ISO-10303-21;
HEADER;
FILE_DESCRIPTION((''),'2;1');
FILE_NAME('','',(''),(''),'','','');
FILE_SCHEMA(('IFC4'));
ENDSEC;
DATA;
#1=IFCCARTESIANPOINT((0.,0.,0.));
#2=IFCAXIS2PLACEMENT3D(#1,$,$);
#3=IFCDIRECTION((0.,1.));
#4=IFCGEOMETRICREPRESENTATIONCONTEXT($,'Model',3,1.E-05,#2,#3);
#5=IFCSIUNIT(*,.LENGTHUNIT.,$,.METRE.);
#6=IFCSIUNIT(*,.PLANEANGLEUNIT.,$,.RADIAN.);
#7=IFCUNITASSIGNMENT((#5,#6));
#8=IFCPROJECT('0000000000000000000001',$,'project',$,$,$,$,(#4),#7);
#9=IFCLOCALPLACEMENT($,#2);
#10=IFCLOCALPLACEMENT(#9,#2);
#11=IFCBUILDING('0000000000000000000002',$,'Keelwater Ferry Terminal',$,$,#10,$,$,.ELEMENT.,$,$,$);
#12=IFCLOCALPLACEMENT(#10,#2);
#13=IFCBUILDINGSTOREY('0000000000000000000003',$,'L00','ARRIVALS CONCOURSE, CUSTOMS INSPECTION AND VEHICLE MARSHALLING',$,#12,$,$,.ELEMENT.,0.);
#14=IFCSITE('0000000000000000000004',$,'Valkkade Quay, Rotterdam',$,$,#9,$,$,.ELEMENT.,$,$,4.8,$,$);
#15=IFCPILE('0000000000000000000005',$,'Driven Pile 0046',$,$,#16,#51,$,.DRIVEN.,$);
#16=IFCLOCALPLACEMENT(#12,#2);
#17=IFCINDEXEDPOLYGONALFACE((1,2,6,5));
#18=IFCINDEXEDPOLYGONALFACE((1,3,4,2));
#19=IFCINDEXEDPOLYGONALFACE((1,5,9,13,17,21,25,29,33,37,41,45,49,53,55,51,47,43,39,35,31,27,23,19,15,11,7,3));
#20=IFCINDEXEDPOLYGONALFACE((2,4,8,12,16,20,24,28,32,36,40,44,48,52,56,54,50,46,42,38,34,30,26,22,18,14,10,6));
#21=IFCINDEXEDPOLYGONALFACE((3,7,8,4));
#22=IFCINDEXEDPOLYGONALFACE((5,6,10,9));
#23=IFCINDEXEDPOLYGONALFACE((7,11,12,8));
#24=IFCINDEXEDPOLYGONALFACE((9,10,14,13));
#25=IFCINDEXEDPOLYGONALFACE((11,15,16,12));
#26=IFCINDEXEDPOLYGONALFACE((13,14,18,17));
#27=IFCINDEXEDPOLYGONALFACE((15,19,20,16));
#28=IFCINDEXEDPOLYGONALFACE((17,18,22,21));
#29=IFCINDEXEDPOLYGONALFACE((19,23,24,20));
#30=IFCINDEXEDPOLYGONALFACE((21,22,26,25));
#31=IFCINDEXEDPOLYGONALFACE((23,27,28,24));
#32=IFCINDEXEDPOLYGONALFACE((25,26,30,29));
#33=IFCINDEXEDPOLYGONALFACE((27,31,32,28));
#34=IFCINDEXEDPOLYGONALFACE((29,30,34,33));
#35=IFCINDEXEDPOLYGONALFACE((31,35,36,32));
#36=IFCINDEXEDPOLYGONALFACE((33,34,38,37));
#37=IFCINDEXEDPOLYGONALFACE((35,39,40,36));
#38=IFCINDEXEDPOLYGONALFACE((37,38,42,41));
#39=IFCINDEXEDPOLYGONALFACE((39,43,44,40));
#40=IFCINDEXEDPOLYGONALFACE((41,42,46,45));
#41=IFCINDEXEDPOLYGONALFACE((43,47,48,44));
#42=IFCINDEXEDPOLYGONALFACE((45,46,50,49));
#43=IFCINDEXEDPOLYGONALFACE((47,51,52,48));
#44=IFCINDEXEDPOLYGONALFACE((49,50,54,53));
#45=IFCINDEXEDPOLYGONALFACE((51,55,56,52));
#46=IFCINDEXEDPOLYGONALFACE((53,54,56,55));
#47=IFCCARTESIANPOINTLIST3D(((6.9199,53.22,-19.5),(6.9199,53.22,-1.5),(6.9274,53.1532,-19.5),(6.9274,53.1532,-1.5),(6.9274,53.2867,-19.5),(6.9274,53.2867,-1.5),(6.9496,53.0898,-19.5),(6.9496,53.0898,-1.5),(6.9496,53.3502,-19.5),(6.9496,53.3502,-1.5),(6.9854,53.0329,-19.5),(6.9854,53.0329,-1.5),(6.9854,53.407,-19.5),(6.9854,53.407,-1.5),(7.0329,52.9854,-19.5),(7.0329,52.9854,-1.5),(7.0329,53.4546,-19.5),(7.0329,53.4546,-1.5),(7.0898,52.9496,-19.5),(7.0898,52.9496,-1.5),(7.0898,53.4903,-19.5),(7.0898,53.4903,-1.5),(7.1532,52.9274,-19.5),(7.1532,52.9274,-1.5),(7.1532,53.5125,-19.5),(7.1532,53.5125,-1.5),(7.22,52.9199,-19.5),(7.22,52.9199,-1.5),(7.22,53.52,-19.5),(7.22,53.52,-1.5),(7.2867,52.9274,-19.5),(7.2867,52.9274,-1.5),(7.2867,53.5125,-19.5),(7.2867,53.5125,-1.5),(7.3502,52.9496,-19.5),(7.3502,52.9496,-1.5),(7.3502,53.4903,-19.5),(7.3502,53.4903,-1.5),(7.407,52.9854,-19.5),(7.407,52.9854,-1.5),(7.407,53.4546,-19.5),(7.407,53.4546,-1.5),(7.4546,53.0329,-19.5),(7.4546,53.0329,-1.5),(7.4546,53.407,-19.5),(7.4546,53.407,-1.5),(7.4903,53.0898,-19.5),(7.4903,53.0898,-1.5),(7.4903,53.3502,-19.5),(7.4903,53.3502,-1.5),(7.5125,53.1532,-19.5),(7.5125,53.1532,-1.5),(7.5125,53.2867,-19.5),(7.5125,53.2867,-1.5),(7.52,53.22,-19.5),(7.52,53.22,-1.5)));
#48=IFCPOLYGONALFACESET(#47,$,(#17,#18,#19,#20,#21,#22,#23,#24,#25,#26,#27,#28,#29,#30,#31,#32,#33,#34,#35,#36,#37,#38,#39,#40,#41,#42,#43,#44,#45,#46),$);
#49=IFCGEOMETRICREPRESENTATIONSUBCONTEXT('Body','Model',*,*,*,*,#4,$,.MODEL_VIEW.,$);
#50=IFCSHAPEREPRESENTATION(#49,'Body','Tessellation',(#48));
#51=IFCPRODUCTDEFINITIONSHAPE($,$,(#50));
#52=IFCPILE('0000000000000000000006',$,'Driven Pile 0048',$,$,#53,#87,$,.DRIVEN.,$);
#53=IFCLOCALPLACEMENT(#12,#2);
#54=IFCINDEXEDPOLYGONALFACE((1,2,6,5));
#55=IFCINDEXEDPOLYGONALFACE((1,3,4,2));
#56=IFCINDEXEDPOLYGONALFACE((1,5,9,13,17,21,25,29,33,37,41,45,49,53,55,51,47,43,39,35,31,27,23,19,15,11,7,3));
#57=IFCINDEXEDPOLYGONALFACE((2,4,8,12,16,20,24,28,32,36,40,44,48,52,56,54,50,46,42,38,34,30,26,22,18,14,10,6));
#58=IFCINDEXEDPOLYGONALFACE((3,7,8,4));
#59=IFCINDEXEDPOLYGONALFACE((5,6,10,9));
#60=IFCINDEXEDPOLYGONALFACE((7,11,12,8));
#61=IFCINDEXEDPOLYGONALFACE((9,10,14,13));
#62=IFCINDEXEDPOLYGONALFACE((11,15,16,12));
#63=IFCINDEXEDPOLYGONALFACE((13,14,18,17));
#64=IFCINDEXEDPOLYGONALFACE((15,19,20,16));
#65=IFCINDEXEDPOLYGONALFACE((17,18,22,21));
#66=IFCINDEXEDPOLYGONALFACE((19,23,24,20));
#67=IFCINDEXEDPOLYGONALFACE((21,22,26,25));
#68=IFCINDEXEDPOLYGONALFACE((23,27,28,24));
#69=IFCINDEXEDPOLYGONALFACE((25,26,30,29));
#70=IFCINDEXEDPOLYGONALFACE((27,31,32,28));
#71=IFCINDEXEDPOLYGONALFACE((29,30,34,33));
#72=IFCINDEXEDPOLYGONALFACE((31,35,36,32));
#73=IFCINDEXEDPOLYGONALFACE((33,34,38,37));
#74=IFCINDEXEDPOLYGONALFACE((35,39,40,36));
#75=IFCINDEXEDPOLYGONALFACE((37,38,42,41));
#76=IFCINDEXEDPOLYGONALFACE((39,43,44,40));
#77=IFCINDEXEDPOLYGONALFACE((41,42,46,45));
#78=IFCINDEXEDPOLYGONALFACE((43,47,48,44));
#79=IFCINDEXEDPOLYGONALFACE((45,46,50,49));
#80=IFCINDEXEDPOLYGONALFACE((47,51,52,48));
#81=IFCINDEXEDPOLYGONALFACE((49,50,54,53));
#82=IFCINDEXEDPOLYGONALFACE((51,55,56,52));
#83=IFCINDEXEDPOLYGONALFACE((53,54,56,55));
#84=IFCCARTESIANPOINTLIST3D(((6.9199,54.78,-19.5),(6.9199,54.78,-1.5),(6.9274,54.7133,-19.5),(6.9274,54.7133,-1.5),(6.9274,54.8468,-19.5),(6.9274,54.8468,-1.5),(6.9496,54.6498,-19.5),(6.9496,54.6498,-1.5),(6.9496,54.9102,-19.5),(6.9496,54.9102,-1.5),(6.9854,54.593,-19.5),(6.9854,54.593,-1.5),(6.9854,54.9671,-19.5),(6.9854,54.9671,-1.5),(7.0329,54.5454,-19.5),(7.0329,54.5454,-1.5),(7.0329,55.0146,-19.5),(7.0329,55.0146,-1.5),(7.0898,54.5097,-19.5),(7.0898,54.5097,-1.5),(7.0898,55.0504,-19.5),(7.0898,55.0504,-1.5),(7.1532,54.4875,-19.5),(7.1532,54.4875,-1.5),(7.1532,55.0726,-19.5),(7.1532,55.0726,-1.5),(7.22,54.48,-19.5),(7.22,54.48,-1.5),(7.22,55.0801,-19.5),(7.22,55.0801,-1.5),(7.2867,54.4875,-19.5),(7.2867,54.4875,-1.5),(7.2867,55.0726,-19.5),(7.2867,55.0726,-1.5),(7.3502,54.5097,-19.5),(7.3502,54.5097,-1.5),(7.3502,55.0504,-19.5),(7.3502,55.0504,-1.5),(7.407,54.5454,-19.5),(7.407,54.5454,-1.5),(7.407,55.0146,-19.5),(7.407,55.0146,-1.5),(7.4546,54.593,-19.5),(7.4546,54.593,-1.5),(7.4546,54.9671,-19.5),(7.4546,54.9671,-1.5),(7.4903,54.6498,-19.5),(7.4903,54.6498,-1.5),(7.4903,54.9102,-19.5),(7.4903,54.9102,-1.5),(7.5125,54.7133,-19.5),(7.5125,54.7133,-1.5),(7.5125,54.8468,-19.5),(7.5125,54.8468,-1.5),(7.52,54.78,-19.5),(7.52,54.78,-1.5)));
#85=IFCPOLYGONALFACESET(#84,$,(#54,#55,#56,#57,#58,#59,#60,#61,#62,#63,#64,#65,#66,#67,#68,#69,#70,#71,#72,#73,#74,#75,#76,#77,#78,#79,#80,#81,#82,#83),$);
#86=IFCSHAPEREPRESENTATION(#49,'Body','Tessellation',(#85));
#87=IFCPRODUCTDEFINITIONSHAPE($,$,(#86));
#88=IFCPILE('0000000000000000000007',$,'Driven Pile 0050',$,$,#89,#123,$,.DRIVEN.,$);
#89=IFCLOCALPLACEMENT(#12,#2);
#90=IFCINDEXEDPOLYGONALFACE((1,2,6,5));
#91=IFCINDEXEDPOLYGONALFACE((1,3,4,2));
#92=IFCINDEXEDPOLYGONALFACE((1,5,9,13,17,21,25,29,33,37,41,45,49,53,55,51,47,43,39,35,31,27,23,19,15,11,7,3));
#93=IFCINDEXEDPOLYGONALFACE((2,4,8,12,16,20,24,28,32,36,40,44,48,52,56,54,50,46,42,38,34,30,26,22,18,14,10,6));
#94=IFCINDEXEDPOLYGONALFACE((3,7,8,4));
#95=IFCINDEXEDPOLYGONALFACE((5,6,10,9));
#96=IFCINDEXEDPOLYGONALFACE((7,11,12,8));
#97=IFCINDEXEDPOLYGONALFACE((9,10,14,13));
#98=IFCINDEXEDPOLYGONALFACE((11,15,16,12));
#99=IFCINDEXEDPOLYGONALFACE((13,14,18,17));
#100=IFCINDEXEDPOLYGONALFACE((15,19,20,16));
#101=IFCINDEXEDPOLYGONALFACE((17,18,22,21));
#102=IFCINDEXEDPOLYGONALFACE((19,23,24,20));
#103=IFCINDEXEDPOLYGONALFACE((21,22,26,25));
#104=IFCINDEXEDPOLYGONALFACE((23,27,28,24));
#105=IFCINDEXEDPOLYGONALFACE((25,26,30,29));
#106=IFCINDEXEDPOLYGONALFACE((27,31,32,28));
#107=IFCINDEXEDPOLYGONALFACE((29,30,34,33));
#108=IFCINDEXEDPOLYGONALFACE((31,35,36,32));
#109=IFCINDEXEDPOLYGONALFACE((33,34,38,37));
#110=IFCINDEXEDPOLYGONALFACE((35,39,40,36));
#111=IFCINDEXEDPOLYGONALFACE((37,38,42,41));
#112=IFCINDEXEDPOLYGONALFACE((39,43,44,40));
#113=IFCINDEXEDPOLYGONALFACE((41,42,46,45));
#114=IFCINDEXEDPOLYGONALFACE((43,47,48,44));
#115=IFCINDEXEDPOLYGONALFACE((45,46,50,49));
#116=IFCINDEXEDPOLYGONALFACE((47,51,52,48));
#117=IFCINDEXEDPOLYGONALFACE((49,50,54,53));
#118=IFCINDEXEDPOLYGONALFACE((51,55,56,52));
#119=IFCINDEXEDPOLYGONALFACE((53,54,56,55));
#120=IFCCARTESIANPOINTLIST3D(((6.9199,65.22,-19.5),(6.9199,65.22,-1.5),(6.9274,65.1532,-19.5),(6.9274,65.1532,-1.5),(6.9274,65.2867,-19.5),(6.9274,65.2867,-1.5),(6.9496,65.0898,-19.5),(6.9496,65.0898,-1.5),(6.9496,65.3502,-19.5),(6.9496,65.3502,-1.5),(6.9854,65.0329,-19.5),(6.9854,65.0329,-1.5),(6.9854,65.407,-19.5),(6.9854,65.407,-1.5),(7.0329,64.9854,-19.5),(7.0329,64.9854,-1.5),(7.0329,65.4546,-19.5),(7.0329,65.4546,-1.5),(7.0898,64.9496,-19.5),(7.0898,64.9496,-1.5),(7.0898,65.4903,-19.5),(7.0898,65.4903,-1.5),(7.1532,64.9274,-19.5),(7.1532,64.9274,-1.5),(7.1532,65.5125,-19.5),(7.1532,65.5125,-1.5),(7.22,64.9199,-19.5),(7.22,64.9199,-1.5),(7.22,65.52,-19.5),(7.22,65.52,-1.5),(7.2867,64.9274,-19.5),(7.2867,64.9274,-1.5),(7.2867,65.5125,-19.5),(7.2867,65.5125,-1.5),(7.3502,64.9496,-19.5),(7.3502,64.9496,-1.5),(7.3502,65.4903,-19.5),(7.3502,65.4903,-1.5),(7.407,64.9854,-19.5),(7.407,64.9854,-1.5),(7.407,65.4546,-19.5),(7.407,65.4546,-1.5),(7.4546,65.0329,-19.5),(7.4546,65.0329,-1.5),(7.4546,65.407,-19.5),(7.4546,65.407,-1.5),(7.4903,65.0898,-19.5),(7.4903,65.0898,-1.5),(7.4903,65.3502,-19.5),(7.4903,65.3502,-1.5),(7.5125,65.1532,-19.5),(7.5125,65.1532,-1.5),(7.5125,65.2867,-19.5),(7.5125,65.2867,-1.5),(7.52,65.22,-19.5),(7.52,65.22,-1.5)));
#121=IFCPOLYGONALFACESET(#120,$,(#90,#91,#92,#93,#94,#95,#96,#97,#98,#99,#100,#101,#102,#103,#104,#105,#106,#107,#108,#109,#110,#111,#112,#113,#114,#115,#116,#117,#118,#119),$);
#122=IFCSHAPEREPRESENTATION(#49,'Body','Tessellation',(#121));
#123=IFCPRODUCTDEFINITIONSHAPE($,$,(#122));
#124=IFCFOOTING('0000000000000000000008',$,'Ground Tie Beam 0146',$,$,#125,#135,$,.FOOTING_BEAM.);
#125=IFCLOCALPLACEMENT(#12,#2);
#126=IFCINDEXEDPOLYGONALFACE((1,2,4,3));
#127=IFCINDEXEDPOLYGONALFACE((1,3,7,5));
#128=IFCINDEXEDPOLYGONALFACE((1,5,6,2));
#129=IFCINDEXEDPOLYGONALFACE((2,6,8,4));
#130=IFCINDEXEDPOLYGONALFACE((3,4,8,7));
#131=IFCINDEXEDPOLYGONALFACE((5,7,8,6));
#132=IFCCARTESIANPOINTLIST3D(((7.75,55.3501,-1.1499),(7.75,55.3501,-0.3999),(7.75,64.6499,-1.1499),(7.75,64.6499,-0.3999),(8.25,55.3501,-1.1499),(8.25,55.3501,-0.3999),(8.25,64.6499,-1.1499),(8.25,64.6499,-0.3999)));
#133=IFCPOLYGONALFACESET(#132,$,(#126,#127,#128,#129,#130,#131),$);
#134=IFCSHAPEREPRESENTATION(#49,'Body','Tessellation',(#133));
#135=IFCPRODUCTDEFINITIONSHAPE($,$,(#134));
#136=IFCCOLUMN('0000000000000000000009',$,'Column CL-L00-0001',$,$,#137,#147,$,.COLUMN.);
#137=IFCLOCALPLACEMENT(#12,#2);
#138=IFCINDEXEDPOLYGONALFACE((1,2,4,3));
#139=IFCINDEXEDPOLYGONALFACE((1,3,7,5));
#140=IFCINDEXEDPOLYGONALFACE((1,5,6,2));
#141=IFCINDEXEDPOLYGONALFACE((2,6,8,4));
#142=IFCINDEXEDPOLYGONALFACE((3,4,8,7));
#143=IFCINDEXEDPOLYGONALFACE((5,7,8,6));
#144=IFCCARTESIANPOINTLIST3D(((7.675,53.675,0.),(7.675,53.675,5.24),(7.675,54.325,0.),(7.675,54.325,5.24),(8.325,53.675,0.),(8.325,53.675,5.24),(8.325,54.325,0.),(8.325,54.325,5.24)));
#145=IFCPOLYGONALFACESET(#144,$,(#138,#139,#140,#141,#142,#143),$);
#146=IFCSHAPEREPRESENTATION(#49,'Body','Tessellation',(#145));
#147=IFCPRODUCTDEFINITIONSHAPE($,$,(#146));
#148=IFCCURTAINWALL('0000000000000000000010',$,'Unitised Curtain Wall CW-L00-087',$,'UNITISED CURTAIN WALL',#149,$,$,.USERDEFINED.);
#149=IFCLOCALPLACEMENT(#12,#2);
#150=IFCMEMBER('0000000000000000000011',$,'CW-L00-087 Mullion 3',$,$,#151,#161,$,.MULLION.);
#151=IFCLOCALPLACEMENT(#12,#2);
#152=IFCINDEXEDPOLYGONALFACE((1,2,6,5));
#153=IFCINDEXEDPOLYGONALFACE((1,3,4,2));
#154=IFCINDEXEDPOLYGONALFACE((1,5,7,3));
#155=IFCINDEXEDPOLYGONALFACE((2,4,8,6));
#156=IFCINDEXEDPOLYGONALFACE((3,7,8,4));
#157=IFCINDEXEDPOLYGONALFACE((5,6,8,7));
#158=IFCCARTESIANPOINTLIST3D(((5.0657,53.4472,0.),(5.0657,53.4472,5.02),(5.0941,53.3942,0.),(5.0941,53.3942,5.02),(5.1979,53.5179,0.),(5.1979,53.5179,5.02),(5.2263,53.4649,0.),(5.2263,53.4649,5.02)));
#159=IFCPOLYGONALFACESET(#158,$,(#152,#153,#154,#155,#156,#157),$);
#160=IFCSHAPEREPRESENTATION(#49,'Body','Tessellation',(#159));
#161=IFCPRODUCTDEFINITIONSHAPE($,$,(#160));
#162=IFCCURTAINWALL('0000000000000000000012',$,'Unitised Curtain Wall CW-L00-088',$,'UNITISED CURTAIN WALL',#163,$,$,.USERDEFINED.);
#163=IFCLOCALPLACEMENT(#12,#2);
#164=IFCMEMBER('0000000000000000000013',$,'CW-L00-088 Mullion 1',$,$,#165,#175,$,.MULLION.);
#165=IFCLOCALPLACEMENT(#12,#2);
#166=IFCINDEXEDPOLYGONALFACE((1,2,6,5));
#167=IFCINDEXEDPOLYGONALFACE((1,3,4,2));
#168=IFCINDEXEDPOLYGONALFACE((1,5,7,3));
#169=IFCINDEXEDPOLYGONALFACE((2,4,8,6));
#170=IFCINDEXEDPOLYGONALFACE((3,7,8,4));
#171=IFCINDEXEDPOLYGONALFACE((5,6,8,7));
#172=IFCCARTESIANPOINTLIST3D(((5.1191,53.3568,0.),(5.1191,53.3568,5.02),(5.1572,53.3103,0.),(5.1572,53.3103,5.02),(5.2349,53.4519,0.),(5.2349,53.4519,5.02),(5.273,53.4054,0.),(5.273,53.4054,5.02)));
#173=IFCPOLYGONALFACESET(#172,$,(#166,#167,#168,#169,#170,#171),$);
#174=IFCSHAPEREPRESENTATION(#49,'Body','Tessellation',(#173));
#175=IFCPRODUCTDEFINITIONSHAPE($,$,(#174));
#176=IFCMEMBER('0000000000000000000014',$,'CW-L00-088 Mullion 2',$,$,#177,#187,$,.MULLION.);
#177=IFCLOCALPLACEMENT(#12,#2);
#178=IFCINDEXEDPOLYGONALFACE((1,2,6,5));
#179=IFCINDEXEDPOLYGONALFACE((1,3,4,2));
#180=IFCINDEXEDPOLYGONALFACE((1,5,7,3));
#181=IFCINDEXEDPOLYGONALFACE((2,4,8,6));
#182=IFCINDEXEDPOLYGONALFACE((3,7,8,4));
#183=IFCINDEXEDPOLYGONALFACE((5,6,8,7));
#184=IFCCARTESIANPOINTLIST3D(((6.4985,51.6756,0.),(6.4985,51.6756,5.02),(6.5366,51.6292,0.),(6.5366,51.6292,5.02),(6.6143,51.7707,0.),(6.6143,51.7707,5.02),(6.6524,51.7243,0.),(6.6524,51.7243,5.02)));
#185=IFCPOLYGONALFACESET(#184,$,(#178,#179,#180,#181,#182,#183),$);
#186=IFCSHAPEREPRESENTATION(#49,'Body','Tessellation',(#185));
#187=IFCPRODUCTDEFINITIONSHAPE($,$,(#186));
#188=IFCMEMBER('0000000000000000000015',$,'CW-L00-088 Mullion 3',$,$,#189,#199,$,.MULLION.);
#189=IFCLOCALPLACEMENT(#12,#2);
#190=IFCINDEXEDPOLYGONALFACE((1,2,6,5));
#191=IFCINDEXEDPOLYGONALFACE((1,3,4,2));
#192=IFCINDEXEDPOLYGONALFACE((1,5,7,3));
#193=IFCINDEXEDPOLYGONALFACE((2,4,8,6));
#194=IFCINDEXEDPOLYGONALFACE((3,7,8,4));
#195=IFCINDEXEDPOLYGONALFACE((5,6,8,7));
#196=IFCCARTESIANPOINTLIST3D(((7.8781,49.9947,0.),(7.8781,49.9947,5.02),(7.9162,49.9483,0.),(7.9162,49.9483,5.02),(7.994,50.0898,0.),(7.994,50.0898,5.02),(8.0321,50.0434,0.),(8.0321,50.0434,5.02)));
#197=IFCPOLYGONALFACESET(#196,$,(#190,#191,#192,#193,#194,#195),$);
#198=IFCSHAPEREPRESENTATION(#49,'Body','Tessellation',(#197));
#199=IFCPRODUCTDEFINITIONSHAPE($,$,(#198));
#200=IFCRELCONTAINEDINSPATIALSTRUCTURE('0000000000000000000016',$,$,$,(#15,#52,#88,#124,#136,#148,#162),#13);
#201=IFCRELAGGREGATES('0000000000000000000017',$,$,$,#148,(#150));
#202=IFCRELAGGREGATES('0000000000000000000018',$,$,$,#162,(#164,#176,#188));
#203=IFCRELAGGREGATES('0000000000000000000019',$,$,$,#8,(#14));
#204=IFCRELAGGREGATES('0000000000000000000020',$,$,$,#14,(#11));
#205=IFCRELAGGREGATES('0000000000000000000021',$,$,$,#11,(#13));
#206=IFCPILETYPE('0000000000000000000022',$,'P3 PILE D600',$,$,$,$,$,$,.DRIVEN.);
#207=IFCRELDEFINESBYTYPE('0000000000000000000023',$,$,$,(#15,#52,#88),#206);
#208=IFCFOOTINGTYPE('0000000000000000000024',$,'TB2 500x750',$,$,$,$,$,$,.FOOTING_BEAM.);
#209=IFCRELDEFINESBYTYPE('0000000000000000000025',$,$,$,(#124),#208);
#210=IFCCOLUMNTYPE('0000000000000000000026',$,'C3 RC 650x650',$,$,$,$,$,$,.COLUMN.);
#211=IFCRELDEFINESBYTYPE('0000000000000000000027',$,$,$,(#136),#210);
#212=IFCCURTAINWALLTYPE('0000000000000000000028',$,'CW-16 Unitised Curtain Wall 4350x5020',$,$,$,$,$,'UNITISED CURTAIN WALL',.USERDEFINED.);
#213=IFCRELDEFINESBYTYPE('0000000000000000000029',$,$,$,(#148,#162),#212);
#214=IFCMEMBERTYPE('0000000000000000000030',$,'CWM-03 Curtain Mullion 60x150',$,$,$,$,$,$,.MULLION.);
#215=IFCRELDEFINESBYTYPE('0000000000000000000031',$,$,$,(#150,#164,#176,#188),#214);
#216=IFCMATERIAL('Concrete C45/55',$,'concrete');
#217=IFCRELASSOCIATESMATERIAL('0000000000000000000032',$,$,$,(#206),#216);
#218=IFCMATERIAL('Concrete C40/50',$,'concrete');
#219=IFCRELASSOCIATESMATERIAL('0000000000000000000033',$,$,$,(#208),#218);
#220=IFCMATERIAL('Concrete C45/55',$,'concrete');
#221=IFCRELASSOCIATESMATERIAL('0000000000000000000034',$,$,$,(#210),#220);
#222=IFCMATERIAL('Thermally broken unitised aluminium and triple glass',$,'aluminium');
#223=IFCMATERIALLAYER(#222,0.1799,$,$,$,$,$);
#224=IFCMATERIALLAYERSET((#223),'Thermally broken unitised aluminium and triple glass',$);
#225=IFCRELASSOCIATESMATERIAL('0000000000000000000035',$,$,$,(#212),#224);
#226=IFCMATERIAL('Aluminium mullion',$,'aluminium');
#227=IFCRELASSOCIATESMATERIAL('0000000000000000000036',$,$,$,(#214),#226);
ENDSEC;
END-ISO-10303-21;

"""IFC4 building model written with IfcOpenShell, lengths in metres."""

from ifc_helpers import new_model, si_unit, direction, frame, origin, origin_2d, place, context, subcontext, project, spatial, rectangle, circle, extrude, material, layer, layer_set, material_profile, profile_set, type_object, element, aggregate, save


model = new_model("IFC4")

# Units and contexts
model_context = context("Model", 3, precision=1e-05, world=origin(), true_north=direction((0.0, 1.0)))
body_context = subcontext(model_context, "Body", "Model", "MODEL_VIEW")
ifc_project = project(units=[si_unit("LENGTHUNIT", "METRE"), si_unit("PLANEANGLEUNIT", "RADIAN")], contexts=[model_context])

# Site, building, storey
site_placement = place(None, origin())
site = spatial("IfcSite", under=ifc_project, at=site_placement, Name="Valkkade Quay, Rotterdam", CompositionType="ELEMENT", RefElevation=4.8)
building_placement = place(site_placement, origin())
building = spatial("IfcBuilding", under=site, at=building_placement, Name="Keelwater Ferry Terminal", CompositionType="ELEMENT")
storey_placement = place(building_placement, origin())
storey = spatial("IfcBuildingStorey", under=building, at=storey_placement, Name="L00", Description="ARRIVALS CONCOURSE, CUSTOMS INSPECTION AND VEHICLE MARSHALLING", CompositionType="ELEMENT", Elevation=0.0)

# Piles
ifc_material_1 = material(Name="Concrete C45/55", Category="concrete")
ifc_material_profile_1 = material_profile(ifc_material_1, circle(Radius=0.3, at=origin_2d()), Name="PILE D600")
ifc_profile_set_1 = profile_set([ifc_material_profile_1], Name="Concrete C45/55")
pile_type = type_object("IfcPileType", Name="P3 PILE D600", PredefinedType="DRIVEN", material=ifc_profile_set_1)
for number, where, z_axis, x_axis, name in (
    (1, (7.22, 53.22, -1.5), (0.0, 0.0, -1.0), (1.0, 0.0, 0.0), "Driven Pile 0046"),
    (2, (7.22, 54.78, -1.5), (0.0, 0.0, -1.0), (1.0, 0.0, 0.0), "Driven Pile 0048"),
    (3, (7.22, 65.22, -1.5), (0.0, 0.0, -1.0), (1.0, 0.0, 0.0), "Driven Pile 0050"),
):
    element("IfcPile", number, at=place(storey_placement, frame(where, z_axis=z_axis, x_axis=x_axis)), inside=storey, type_object=pile_type, Name=name, PredefinedType="DRIVEN", context=body_context, shape_type="SweptSolid", body=[
        extrude(circle(Radius=0.3, at=origin_2d()), origin(), (0.0, 0.0, 1.0), 18.0),
    ])

# Footing
ifc_material_2 = material(Name="Concrete C40/50", Category="concrete")
ifc_material_profile_2 = material_profile(ifc_material_2, rectangle(XDim=0.5, YDim=0.75, at=origin_2d()), Name="TB 500x750")
ifc_profile_set_2 = profile_set([ifc_material_profile_2], Name="Concrete C40/50")
footing_type = type_object("IfcFootingType", Name="TB2 500x750", PredefinedType="FOOTING_BEAM", material=ifc_profile_set_2)
footing_placement = place(storey_placement, frame((8.0, 55.3501, -0.7749), z_axis=(0.0, 1.0, 0.0), x_axis=(-1.0, 0.0, 0.0)))
element("IfcFooting", 4, at=footing_placement, inside=storey, type_object=footing_type, Name="Ground Tie Beam 0146", PredefinedType="FOOTING_BEAM", context=body_context, shape_type="SweptSolid", body=[
    extrude(rectangle(XDim=0.5, YDim=0.75, at=origin_2d()), origin(), (0.0, 0.0, 1.0), 9.2998),
])

# Column
ifc_material_3 = material(Name="Concrete C45/55", Category="concrete")
ifc_material_profile_3 = material_profile(ifc_material_3, rectangle(XDim=0.6499, YDim=0.6499, at=origin_2d()), Name="RC 650x650")
ifc_profile_set_3 = profile_set([ifc_material_profile_3], Name="Concrete C45/55")
column_type = type_object("IfcColumnType", Name="C3 RC 650x650", PredefinedType="COLUMN", material=ifc_profile_set_3)
column_placement = place(storey_placement, frame((8.0, 54.0, 0.0), z_axis=(0.0, 0.0, 1.0), x_axis=(1.0, 0.0, 0.0)))
element("IfcColumn", 5, at=column_placement, inside=storey, type_object=column_type, Name="Column CL-L00-0001", PredefinedType="COLUMN", context=body_context, shape_type="SweptSolid", body=[
    extrude(rectangle(XDim=0.6499, YDim=0.6499, at=origin_2d()), origin(), (0.0, 0.0, 1.0), 5.24),
])

# Curtain wall, member
ifc_material_4 = material(Name="Thermally broken unitised aluminium and triple glass", Category="aluminium")
ifc_layer_1 = layer(ifc_material_4, 0.1799)
ifc_layer_set_1 = layer_set([ifc_layer_1], Name="Thermally broken unitised aluminium and triple glass")
curtain_wall_type = type_object("IfcCurtainWallType", Name="CW-16 Unitised Curtain Wall 4350x5020", ElementType="UNITISED CURTAIN WALL", PredefinedType="USERDEFINED", material=ifc_layer_set_1)
curtain_wall_1_placement = place(storey_placement, origin())
curtain_wall_1 = element("IfcCurtainWall", 6, at=curtain_wall_1_placement, inside=storey, type_object=curtain_wall_type, Name="Unitised Curtain Wall CW-L00-087", ObjectType="UNITISED CURTAIN WALL", PredefinedType="USERDEFINED")
ifc_material_5 = material(Name="Aluminium mullion", Category="aluminium")
ifc_material_profile_4 = material_profile(ifc_material_5, rectangle(XDim=0.0601, YDim=0.1499, at=origin_2d()), Name="CWM-03")
ifc_profile_set_4 = profile_set([ifc_material_profile_4], Name="Aluminium mullion")
member_type_1 = type_object("IfcMemberType", Name="CWM-03 Curtain Mullion 60x150", PredefinedType="MULLION", material=ifc_profile_set_4)
member_1_placement = place(storey_placement, frame((5.146, 53.4561, 0.0), z_axis=(0.0, 0.0, 1.0), x_axis=(0.471507, -0.881862, 0.0)))
member_1 = element("IfcMember", 7, at=member_1_placement, type_object=member_type_1, Name="CW-L00-087 Mullion 3", PredefinedType="MULLION", context=body_context, shape_type="SweptSolid", body=[
    extrude(rectangle(XDim=0.0601, YDim=0.1499, at=origin_2d()), origin(), (0.0, 0.0, 1.0), 5.02),
])
aggregate(curtain_wall_1, [member_1])

# Curtain wall, members
curtain_wall_2_placement = place(storey_placement, origin())
curtain_wall_2 = element("IfcCurtainWall", 8, at=curtain_wall_2_placement, inside=storey, type_object=curtain_wall_type, Name="Unitised Curtain Wall CW-L00-088", ObjectType="UNITISED CURTAIN WALL", PredefinedType="USERDEFINED")
member_2_placement = place(storey_placement, frame((5.196, 53.3811, 0.0), z_axis=(0.0, 0.0, 1.0), x_axis=(0.634377, -0.773024, 0.0)))
member_2 = element("IfcMember", 9, at=member_2_placement, type_object=member_type_1, Name="CW-L00-088 Mullion 1", PredefinedType="MULLION", context=body_context, shape_type="SweptSolid", body=[
    extrude(rectangle(XDim=0.0601, YDim=0.1499, at=origin_2d()), origin(), (0.0, 0.0, 1.0), 5.02),
])
member_3_placement = place(storey_placement, frame((6.5754, 51.7, 0.0), z_axis=(0.0, 0.0, 1.0), x_axis=(0.634377, -0.773024, 0.0)))
member_3 = element("IfcMember", 10, at=member_3_placement, type_object=member_type_1, Name="CW-L00-088 Mullion 2", PredefinedType="MULLION", context=body_context, shape_type="SweptSolid", body=[
    extrude(rectangle(XDim=0.0601, YDim=0.1499, at=origin_2d()), origin(), (0.0, 0.0, 1.0), 5.02),
])
member_4_placement = place(storey_placement, frame((7.9551, 50.019, 0.0), z_axis=(0.0, 0.0, 1.0), x_axis=(0.634377, -0.773024, 0.0)))
member_4 = element("IfcMember", 11, at=member_4_placement, type_object=member_type_1, Name="CW-L00-088 Mullion 3", PredefinedType="MULLION", context=body_context, shape_type="SweptSolid", body=[
    extrude(rectangle(XDim=0.0601, YDim=0.1499, at=origin_2d()), origin(), (0.0, 0.0, 1.0), 5.02),
])

aggregate(curtain_wall_2, [member_2, member_3, member_4])

save(model, "model.ifc")
